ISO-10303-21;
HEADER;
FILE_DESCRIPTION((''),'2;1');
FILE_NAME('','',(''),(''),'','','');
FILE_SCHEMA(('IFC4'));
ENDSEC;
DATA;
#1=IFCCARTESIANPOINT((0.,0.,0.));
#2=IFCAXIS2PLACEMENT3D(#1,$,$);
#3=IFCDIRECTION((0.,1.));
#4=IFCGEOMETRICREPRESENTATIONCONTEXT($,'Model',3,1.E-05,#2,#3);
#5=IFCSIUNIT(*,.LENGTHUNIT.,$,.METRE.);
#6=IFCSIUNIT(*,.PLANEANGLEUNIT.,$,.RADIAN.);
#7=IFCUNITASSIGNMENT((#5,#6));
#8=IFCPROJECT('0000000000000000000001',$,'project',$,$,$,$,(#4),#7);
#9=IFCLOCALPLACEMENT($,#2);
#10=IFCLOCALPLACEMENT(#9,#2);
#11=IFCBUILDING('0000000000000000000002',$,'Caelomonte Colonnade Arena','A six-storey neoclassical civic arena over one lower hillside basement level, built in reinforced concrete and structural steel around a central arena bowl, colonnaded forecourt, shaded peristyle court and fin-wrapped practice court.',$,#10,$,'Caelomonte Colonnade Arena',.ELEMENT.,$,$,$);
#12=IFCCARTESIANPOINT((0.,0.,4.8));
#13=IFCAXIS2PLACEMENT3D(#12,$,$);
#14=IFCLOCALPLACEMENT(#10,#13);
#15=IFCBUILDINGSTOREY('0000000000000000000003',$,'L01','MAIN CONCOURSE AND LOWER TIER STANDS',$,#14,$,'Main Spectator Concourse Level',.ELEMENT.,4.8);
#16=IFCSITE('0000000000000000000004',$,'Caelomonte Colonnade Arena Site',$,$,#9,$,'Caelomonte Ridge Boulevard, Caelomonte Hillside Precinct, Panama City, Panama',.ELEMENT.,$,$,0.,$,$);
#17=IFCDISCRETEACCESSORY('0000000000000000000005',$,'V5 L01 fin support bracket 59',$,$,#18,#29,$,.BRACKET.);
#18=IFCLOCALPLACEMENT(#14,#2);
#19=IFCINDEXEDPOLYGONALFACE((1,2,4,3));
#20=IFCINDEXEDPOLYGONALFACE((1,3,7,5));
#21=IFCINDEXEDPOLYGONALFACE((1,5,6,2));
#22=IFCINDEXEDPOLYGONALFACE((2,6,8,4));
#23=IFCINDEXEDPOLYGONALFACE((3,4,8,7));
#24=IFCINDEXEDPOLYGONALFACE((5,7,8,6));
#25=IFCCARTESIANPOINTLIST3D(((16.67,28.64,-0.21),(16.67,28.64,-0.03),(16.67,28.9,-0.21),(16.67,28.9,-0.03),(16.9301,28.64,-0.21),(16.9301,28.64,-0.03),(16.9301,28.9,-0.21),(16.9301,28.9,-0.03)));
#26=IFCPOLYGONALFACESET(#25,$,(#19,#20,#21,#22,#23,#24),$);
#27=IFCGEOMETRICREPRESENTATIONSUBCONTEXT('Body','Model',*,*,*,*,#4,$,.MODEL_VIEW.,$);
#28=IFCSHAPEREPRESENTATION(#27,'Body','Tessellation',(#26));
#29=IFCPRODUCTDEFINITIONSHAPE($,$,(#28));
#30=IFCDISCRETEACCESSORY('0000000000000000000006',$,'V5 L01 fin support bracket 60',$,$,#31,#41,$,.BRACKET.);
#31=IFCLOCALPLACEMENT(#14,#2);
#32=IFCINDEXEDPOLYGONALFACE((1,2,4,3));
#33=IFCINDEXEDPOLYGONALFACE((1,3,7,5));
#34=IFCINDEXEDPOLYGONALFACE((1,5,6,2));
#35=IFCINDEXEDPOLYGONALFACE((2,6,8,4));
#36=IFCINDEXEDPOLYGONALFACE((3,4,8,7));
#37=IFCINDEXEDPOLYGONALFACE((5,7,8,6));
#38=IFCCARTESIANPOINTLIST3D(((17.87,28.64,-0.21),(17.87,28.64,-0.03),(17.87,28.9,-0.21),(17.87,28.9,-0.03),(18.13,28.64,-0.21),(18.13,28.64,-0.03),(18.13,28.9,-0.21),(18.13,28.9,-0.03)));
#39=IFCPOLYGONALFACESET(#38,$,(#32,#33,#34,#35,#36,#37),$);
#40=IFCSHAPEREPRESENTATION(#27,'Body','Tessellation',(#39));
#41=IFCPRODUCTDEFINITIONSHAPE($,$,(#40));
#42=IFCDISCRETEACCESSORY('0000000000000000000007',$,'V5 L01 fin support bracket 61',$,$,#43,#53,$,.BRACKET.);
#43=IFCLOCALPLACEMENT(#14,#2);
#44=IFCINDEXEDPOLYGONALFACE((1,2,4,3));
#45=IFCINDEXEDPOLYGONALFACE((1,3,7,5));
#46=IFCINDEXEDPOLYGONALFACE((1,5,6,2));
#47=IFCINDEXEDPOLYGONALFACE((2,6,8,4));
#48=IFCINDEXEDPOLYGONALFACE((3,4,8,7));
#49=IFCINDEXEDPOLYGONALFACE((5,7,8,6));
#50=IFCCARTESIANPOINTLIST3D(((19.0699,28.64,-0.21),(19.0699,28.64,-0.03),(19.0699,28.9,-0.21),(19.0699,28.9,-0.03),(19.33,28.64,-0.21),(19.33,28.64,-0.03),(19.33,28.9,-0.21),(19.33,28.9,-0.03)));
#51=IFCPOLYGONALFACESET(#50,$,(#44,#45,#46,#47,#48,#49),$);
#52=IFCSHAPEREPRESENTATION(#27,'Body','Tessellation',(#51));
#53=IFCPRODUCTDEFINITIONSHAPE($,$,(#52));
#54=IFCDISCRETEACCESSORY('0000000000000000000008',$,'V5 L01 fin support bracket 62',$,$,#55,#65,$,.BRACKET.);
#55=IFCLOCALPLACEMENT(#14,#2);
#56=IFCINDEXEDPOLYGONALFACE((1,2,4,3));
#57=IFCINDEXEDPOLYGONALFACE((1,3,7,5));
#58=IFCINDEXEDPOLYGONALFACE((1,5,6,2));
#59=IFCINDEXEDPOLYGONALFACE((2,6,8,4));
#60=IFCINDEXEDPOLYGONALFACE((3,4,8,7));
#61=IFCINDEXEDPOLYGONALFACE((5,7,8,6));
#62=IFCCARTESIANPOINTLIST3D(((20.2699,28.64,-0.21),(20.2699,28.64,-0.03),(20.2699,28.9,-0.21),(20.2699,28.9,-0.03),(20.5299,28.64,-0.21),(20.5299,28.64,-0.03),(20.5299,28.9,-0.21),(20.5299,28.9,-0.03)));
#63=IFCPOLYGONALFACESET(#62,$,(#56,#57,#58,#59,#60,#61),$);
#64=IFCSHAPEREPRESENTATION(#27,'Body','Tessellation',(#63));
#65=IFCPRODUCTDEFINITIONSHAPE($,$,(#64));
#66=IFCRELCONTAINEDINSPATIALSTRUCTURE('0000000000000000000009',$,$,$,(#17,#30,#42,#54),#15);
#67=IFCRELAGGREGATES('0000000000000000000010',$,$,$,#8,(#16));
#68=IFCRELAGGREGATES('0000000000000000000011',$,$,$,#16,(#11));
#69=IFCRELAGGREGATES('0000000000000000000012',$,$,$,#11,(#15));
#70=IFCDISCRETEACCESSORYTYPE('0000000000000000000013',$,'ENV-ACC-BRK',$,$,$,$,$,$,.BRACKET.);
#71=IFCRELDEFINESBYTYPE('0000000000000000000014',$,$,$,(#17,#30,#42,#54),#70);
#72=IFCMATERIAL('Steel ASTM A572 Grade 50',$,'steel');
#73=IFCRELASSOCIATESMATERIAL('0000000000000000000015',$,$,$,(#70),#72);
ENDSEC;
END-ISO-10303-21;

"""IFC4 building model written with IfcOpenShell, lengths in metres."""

from ifc_helpers import new_model, si_unit, direction, frame, origin, origin_2d, place, context, subcontext, project, spatial, rectangle, extrude, material, type_object, element, save


model = new_model("IFC4")

# Units and contexts
model_context = context("Model", 3, precision=1e-05, world=origin(), true_north=direction((0.0, 1.0)))
body_context = subcontext(model_context, "Body", "Model", "MODEL_VIEW")
ifc_project = project(units=[si_unit("LENGTHUNIT", "METRE"), si_unit("PLANEANGLEUNIT", "RADIAN")], contexts=[model_context])

# Site, building, storey
site_placement = place(None, origin())
site = spatial("IfcSite", under=ifc_project, at=site_placement, Name="Caelomonte Colonnade Arena Site", LongName="Caelomonte Ridge Boulevard, Caelomonte Hillside Precinct, Panama City, Panama", CompositionType="ELEMENT", RefElevation=0.0)
building_placement = place(site_placement, origin())
building = spatial("IfcBuilding", under=site, at=building_placement, Name="Caelomonte Colonnade Arena", Description="A six-storey neoclassical civic arena over one lower hillside basement level, built in reinforced concrete and structural steel around a central arena bowl, colonnaded forecourt, shaded peristyle court and fin-wrapped practice court.", LongName="Caelomonte Colonnade Arena", CompositionType="ELEMENT")
storey_placement = place(building_placement, frame((0.0, 0.0, 4.8)))
storey = spatial("IfcBuildingStorey", under=building, at=storey_placement, Name="L01", Description="MAIN CONCOURSE AND LOWER TIER STANDS", LongName="Main Spectator Concourse Level", CompositionType="ELEMENT", Elevation=4.8)

# Discrete accessories
ifc_material_1 = material(Name="Steel ASTM A572 Grade 50", Category="steel")
discrete_accessory_type = type_object("IfcDiscreteAccessoryType", Name="ENV-ACC-BRK", PredefinedType="BRACKET", material=ifc_material_1)
for number, where, z_axis, x_axis, name in (
    (1, (16.8, 28.77, -0.21), (0.0, 0.0, 1.0), (1.0, 0.0, 0.0), "V5 L01 fin support bracket 59"),
    (2, (18.0, 28.77, -0.21), (0.0, 0.0, 1.0), (1.0, 0.0, 0.0), "V5 L01 fin support bracket 60"),
    (3, (19.2, 28.77, -0.21), (0.0, 0.0, 1.0), (1.0, 0.0, 0.0), "V5 L01 fin support bracket 61"),
    (4, (20.3999, 28.77, -0.21), (0.0, 0.0, 1.0), (1.0, 0.0, 0.0), "V5 L01 fin support bracket 62"),
):
    element("IfcDiscreteAccessory", number, at=place(storey_placement, frame(where, z_axis=z_axis, x_axis=x_axis)), inside=storey, type_object=discrete_accessory_type, Name=name, PredefinedType="BRACKET", context=body_context, shape_type="SweptSolid", body=[
        extrude(rectangle(XDim=0.26, YDim=0.26, at=origin_2d()), origin(), (0.0, 0.0, 1.0), 0.1799),
    ])

save(model, "model.ifc")
